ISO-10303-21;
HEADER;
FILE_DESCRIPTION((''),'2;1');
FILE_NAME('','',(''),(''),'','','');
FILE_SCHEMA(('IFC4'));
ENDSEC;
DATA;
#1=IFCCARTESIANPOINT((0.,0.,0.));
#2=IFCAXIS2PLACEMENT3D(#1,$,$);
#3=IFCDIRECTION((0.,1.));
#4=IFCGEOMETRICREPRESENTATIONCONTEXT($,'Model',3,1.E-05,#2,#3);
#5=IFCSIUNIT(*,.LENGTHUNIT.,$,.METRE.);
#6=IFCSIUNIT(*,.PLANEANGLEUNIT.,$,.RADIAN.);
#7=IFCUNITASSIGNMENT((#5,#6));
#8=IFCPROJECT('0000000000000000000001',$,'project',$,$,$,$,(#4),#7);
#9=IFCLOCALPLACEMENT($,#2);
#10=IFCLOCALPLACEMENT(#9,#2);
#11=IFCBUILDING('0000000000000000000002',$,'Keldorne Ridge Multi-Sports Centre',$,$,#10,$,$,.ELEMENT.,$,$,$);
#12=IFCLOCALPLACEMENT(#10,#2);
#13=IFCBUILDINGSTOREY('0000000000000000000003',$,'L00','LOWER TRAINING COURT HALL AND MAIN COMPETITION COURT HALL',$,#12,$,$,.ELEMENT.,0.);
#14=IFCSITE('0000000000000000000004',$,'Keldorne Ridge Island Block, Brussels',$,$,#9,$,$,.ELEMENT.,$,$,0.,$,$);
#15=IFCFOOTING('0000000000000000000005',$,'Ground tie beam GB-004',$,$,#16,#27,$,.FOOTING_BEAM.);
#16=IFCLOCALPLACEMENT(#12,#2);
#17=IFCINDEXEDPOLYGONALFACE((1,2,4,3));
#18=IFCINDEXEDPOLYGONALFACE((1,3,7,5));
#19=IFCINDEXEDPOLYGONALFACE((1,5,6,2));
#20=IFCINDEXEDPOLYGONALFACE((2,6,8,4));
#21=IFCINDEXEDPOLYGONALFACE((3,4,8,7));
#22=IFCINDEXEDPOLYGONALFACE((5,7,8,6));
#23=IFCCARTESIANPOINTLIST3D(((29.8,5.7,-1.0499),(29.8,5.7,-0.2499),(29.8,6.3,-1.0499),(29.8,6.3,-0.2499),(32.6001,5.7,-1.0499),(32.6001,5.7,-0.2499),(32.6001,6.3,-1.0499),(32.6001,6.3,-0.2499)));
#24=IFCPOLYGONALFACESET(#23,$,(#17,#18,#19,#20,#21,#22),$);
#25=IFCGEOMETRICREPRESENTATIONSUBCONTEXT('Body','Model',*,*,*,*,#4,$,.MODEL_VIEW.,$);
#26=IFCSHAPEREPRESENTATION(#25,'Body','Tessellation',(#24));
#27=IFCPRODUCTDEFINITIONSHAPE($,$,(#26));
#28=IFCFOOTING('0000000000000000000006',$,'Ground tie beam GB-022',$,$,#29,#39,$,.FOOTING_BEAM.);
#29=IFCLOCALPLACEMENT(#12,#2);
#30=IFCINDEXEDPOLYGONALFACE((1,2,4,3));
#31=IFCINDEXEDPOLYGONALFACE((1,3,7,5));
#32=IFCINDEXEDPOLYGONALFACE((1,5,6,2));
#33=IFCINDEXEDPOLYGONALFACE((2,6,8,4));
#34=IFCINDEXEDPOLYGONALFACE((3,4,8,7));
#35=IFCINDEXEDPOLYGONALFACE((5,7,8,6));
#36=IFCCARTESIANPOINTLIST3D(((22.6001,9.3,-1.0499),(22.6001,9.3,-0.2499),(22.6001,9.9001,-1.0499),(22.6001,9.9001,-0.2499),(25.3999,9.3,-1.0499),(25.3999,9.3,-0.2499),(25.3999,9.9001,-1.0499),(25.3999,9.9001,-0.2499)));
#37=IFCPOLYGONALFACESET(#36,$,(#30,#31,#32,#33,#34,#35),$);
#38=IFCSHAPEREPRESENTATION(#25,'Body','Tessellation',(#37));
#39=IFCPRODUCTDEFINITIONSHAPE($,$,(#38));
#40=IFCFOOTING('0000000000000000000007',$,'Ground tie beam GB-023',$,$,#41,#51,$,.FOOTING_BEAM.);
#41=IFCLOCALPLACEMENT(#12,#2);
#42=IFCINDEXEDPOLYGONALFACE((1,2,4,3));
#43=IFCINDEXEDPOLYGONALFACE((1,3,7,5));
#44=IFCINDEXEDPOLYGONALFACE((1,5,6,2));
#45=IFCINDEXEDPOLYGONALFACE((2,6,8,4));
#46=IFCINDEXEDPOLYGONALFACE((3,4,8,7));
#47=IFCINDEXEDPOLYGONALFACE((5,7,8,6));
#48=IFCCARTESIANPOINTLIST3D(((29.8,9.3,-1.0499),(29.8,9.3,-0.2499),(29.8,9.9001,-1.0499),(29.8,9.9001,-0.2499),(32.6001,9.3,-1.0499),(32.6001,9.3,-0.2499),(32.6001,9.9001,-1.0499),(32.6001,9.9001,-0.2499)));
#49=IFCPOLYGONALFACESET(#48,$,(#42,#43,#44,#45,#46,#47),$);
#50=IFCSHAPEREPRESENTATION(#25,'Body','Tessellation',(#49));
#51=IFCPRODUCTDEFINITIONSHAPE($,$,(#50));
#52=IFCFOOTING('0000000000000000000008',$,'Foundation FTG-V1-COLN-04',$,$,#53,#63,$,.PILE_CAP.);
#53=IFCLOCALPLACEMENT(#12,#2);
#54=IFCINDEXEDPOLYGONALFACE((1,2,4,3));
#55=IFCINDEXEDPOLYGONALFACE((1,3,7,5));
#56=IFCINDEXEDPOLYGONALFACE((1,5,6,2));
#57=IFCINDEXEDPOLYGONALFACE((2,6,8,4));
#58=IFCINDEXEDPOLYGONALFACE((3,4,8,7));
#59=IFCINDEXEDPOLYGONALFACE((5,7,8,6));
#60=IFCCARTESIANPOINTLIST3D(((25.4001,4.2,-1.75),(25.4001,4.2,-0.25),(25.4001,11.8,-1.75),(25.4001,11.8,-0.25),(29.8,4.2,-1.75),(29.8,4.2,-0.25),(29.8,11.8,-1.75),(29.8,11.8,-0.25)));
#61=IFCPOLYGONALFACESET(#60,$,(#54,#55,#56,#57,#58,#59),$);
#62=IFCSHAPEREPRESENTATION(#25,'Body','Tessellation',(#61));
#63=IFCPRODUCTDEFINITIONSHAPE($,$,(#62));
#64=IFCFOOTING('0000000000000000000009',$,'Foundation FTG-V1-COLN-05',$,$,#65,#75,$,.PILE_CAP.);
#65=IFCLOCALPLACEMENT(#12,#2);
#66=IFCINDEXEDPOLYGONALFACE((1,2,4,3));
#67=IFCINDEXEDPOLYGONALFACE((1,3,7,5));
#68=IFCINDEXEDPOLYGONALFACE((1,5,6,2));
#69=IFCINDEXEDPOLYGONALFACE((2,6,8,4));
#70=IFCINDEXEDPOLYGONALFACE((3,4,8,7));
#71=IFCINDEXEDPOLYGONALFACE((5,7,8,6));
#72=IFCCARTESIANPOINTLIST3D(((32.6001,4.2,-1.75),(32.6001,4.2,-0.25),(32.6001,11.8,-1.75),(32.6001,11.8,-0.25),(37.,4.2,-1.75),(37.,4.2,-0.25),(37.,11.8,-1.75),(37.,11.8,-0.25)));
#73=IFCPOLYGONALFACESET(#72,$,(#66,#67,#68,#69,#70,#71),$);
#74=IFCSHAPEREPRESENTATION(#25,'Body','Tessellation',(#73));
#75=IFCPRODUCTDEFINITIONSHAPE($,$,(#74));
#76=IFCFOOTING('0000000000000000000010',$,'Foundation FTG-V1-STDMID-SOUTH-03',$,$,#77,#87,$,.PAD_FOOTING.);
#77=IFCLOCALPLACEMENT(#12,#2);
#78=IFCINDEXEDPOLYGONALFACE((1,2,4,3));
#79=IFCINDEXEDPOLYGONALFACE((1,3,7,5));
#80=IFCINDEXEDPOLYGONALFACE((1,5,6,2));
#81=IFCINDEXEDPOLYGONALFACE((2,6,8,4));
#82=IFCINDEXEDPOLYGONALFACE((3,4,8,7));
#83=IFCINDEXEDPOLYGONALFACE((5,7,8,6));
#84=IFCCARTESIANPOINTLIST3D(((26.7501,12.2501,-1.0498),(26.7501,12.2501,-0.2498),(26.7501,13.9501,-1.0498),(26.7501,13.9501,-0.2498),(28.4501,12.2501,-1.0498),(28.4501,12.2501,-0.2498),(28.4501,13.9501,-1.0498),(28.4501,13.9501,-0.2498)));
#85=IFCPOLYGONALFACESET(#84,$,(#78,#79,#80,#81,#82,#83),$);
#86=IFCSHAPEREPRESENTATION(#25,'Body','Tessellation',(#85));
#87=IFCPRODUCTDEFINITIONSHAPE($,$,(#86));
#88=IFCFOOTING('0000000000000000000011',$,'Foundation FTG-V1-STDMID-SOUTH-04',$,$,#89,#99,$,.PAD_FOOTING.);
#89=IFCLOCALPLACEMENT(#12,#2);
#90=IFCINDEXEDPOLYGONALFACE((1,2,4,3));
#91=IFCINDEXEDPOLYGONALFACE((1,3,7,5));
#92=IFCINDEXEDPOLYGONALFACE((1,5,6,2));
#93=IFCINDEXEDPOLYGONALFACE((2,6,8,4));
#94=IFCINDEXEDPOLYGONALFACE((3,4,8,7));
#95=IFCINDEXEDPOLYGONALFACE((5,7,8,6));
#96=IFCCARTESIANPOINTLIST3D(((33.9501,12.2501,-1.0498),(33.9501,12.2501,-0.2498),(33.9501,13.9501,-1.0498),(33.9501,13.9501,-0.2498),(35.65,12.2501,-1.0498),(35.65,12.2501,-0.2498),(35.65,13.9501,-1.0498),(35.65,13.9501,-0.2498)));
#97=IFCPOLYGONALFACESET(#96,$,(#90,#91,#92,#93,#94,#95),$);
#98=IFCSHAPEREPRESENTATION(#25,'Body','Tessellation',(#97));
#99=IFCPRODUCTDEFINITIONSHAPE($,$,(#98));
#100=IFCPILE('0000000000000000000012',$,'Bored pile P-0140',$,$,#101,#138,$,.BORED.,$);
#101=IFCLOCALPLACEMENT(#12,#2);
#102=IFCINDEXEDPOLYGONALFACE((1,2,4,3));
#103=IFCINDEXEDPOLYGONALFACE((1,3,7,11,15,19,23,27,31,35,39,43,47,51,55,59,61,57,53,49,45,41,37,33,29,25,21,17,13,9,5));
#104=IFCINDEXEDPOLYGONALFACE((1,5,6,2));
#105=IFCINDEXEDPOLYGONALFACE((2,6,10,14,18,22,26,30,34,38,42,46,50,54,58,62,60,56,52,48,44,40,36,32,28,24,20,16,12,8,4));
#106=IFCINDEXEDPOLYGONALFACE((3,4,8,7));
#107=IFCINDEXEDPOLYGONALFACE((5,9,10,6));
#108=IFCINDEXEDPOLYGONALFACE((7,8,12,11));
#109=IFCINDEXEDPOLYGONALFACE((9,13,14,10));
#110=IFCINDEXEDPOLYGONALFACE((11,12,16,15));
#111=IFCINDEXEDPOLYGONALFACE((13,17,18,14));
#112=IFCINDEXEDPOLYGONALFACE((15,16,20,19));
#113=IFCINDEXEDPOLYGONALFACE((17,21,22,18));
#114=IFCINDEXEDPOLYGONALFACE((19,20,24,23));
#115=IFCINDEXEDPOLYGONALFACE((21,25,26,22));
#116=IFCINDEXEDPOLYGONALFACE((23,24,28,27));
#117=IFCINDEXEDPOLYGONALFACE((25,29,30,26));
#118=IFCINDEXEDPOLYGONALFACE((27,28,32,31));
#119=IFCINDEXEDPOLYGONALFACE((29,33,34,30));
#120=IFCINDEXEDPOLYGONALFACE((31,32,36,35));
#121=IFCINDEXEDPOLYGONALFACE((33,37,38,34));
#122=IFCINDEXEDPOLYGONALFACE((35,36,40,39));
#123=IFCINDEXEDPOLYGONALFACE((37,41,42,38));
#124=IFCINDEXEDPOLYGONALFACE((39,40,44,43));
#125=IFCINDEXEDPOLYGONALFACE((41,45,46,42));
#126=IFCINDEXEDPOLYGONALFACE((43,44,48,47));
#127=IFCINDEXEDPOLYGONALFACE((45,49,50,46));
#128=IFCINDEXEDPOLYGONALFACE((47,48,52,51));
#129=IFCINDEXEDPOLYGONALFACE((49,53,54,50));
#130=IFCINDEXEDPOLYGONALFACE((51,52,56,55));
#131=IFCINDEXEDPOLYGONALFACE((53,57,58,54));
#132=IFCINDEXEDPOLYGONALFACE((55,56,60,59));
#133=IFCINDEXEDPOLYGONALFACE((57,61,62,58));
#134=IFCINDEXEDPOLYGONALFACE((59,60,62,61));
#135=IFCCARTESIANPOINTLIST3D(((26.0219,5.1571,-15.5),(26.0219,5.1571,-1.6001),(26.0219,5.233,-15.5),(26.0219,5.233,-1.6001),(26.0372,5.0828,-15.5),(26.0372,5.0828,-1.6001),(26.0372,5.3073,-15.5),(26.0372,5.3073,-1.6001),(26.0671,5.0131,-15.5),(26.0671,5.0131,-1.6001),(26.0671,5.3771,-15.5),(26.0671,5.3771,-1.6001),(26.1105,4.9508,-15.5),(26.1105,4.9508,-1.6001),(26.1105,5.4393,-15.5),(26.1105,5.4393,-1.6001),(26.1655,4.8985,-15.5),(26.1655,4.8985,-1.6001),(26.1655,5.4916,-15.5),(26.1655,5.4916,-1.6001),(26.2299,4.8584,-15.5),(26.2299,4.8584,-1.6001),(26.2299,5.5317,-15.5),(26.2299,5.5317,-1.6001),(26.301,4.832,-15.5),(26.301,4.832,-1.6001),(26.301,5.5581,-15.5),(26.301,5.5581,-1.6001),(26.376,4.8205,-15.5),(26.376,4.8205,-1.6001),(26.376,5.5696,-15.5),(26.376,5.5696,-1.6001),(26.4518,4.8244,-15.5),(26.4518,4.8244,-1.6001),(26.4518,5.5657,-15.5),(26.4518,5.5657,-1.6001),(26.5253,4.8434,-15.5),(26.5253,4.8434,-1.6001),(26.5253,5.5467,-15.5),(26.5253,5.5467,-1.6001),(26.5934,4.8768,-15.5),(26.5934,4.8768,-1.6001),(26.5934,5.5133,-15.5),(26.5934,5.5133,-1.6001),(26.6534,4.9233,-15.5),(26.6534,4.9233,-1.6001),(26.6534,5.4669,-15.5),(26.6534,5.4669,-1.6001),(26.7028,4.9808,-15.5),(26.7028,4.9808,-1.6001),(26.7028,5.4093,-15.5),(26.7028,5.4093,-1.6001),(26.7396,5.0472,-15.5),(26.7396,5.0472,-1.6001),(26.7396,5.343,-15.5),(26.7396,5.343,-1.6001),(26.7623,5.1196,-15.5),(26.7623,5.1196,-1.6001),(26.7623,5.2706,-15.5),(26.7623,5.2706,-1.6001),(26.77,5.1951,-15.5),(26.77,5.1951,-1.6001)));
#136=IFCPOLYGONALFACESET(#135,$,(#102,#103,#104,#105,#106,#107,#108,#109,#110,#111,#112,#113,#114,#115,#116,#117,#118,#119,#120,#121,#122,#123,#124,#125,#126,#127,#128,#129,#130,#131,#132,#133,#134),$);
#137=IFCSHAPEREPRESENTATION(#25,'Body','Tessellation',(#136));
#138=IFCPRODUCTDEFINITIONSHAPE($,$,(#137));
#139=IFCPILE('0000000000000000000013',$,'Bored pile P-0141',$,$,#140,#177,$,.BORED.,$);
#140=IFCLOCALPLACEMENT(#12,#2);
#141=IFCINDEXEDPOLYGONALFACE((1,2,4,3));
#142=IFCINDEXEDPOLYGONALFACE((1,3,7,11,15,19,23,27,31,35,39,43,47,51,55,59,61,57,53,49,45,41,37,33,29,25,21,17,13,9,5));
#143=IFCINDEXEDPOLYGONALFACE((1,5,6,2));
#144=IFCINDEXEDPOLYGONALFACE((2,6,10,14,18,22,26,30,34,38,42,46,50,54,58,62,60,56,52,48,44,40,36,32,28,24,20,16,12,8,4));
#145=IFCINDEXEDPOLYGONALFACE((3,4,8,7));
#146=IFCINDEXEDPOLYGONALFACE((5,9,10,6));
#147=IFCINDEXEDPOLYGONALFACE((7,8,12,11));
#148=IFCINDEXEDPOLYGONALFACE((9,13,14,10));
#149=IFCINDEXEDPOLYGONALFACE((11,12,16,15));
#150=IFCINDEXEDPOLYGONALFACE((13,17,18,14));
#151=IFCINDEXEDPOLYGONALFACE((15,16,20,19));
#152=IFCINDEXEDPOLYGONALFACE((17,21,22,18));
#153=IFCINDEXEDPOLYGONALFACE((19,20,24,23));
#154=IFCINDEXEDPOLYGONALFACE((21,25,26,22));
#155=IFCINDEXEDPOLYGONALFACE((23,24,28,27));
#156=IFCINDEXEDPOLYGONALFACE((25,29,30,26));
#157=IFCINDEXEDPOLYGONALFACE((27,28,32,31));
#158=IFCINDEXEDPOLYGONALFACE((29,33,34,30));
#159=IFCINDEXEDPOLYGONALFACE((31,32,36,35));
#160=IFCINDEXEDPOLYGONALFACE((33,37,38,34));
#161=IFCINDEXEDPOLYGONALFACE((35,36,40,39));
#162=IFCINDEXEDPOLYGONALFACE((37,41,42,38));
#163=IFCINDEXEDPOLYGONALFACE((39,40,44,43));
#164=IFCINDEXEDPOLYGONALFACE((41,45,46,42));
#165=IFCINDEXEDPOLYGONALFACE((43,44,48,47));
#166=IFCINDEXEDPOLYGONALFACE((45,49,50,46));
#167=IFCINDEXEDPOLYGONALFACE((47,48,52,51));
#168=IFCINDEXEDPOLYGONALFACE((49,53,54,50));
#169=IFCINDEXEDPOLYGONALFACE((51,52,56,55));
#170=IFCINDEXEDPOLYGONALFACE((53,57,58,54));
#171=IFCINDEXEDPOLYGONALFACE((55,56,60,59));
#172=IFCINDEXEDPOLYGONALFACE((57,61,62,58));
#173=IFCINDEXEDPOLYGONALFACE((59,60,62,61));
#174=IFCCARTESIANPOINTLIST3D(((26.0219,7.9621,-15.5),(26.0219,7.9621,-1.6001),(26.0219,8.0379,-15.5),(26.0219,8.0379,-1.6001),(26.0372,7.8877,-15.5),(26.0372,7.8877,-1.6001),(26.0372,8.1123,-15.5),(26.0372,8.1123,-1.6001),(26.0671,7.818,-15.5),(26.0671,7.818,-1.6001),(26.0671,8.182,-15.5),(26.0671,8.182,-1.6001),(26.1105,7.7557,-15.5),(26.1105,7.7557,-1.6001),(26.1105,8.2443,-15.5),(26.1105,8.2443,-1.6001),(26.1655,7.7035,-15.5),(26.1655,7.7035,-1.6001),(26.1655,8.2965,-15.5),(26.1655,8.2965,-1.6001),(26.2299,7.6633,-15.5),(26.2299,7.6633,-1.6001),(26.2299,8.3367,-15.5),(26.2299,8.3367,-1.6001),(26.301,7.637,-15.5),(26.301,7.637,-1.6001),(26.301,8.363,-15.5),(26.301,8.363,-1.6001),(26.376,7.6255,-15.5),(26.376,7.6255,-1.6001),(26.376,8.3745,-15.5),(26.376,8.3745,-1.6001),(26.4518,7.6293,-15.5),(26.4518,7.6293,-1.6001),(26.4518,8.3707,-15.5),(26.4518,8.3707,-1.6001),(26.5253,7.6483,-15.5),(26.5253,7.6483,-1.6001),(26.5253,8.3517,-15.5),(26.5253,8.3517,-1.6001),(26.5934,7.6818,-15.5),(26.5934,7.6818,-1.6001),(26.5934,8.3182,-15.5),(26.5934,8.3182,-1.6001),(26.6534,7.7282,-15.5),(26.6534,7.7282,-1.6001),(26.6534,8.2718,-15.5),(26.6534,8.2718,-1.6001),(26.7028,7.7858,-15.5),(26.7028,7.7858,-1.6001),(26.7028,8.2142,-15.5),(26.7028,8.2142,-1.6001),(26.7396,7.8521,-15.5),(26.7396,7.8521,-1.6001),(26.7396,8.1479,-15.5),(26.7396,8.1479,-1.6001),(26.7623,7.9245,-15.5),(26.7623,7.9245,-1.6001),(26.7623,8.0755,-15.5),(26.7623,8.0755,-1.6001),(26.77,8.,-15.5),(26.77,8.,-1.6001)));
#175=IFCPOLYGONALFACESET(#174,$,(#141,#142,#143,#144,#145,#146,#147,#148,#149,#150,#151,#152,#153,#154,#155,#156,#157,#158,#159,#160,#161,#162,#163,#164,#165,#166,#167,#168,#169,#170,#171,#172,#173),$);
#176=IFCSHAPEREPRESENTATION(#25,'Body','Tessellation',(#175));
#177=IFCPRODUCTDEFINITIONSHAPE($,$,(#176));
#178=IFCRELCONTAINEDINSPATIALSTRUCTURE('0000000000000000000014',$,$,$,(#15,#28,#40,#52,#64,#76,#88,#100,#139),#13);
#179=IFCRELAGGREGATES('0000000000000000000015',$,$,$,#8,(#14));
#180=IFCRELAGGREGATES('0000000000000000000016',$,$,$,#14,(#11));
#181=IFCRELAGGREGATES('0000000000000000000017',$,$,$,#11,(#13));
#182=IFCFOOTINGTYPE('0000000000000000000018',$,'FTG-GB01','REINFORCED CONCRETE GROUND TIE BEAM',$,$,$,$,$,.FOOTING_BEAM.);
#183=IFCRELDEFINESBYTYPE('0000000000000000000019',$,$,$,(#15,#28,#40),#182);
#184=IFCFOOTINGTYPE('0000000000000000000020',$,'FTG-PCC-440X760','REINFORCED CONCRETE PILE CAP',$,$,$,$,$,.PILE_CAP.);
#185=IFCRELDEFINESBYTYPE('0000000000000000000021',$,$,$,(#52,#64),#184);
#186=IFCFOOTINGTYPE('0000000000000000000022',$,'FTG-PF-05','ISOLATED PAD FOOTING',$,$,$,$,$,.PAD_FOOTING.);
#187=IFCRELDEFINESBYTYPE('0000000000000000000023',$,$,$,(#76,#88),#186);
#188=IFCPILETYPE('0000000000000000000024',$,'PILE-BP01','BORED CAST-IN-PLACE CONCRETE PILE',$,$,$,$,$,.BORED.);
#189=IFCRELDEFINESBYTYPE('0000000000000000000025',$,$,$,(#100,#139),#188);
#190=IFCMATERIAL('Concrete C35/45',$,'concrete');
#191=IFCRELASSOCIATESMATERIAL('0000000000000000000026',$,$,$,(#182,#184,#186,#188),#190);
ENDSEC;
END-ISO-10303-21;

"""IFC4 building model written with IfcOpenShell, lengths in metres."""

from ifc_helpers import new_model, si_unit, direction, frame, origin, origin_2d, place, context, subcontext, project, spatial, rectangle, circle, extrude, material, material_profile, profile_set, type_object, element, save


model = new_model("IFC4")

# Units and contexts
model_context = context("Model", 3, precision=1e-05, world=origin(), true_north=direction((0.0, 1.0)))
body_context = subcontext(model_context, "Body", "Model", "MODEL_VIEW")
ifc_project = project(units=[si_unit("LENGTHUNIT", "METRE"), si_unit("PLANEANGLEUNIT", "RADIAN")], contexts=[model_context])

# Site, building, storey
site_placement = place(None, origin())
site = spatial("IfcSite", under=ifc_project, at=site_placement, Name="Keldorne Ridge Island Block, Brussels", CompositionType="ELEMENT", RefElevation=0.0)
building_placement = place(site_placement, origin())
building = spatial("IfcBuilding", under=site, at=building_placement, Name="Keldorne Ridge Multi-Sports Centre", CompositionType="ELEMENT")
storey_placement = place(building_placement, origin())
storey = spatial("IfcBuildingStorey", under=building, at=storey_placement, Name="L00", Description="LOWER TRAINING COURT HALL AND MAIN COMPETITION COURT HALL", CompositionType="ELEMENT", Elevation=0.0)

# Footings
ifc_material_1 = material(Name="Concrete C35/45", Category="concrete")
ifc_material_profile_1 = material_profile(ifc_material_1, rectangle(XDim=0.6001, YDim=0.8, at=origin_2d()), Name="GB 600x800")
ifc_profile_set_1 = profile_set([ifc_material_profile_1], Name="Concrete C35/45")
footing_type_1 = type_object("IfcFootingType", Name="FTG-GB01", Description="REINFORCED CONCRETE GROUND TIE BEAM", PredefinedType="FOOTING_BEAM", material=ifc_profile_set_1)
footing_1_placement = place(storey_placement, frame((29.8, 6.0, -0.6499), z_axis=(1.0, 0.0, 0.0), x_axis=(0.0, 1.0, 0.0)))
element("IfcFooting", 1, at=footing_1_placement, inside=storey, type_object=footing_type_1, Name="Ground tie beam GB-004", PredefinedType="FOOTING_BEAM", context=body_context, shape_type="SweptSolid", body=[
    extrude(rectangle(XDim=0.6001, YDim=0.8, at=origin_2d()), origin(), (0.0, 0.0, 1.0), 2.8),
])
footing_2_placement = place(storey_placement, frame((22.6001, 9.6001, -0.6499), z_axis=(1.0, 0.0, 0.0), x_axis=(0.0, 1.0, 0.0)))
element("IfcFooting", 2, at=footing_2_placement, inside=storey, type_object=footing_type_1, Name="Ground tie beam GB-022", PredefinedType="FOOTING_BEAM", context=body_context, shape_type="SweptSolid", body=[
    extrude(rectangle(XDim=0.6001, YDim=0.8, at=origin_2d()), origin(), (0.0, 0.0, 1.0), 2.7998),
])
footing_3_placement = place(storey_placement, frame((29.8, 9.6001, -0.6499), z_axis=(1.0, 0.0, 0.0), x_axis=(0.0, 1.0, 0.0)))
element("IfcFooting", 3, at=footing_3_placement, inside=storey, type_object=footing_type_1, Name="Ground tie beam GB-023", PredefinedType="FOOTING_BEAM", context=body_context, shape_type="SweptSolid", body=[
    extrude(rectangle(XDim=0.6001, YDim=0.8, at=origin_2d()), origin(), (0.0, 0.0, 1.0), 2.8),
])
footing_type_2 = type_object("IfcFootingType", Name="FTG-PCC-440X760", Description="REINFORCED CONCRETE PILE CAP", PredefinedType="PILE_CAP", material=ifc_material_1)
for number, where, z_axis, x_axis, name in (
    (4, (27.6001, 8.0, -1.75), (0.0, 0.0, 1.0), (1.0, 0.0, 0.0), "Foundation FTG-V1-COLN-04"),
    (5, (34.8, 8.0, -1.75), (0.0, 0.0, 1.0), (1.0, 0.0, 0.0), "Foundation FTG-V1-COLN-05"),
):
    element("IfcFooting", number, at=place(storey_placement, frame(where, z_axis=z_axis, x_axis=x_axis)), inside=storey, type_object=footing_type_2, Name=name, PredefinedType="PILE_CAP", context=body_context, shape_type="SweptSolid", body=[
        extrude(rectangle(XDim=4.3999, YDim=7.6001, at=origin_2d()), origin(), (0.0, 0.0, 1.0), 1.5),
    ])
footing_type_3 = type_object("IfcFootingType", Name="FTG-PF-05", Description="ISOLATED PAD FOOTING", PredefinedType="PAD_FOOTING", material=ifc_material_1)
for number, where, z_axis, x_axis, name in (
    (6, (27.6001, 13.1001, -1.0498), (0.0, 0.0, 1.0), (1.0, 0.0, 0.0), "Foundation FTG-V1-STDMID-SOUTH-03"),
    (7, (34.8, 13.1001, -1.0498), (0.0, 0.0, 1.0), (1.0, 0.0, 0.0), "Foundation FTG-V1-STDMID-SOUTH-04"),
):
    element("IfcFooting", number, at=place(storey_placement, frame(where, z_axis=z_axis, x_axis=x_axis)), inside=storey, type_object=footing_type_3, Name=name, PredefinedType="PAD_FOOTING", context=body_context, shape_type="SweptSolid", body=[
        extrude(rectangle(XDim=1.7, YDim=1.7, at=origin_2d()), origin(), (0.0, 0.0, 1.0), 0.8),
    ])

# Piles
ifc_material_profile_2 = material_profile(ifc_material_1, circle(Radius=0.375, at=origin_2d()), Name="BORED PILE D750")
ifc_profile_set_2 = profile_set([ifc_material_profile_2], Name="Concrete C35/45")
pile_type = type_object("IfcPileType", Name="PILE-BP01", Description="BORED CAST-IN-PLACE CONCRETE PILE", PredefinedType="BORED", material=ifc_profile_set_2)
for number, where, z_axis, x_axis, name in (
    (8, (26.395, 5.1951, -1.6001), (0.0, 0.0, -1.0), (1.0, 0.0, 0.0), "Bored pile P-0140"),
    (9, (26.395, 8.0, -1.6001), (0.0, 0.0, -1.0), (1.0, 0.0, 0.0), "Bored pile P-0141"),
):
    element("IfcPile", number, at=place(storey_placement, frame(where, z_axis=z_axis, x_axis=x_axis)), inside=storey, type_object=pile_type, Name=name, PredefinedType="BORED", context=body_context, shape_type="SweptSolid", body=[
        extrude(circle(Radius=0.375, at=origin_2d()), origin(), (0.0, 0.0, 1.0), 13.8999),
    ])

save(model, "model.ifc")
